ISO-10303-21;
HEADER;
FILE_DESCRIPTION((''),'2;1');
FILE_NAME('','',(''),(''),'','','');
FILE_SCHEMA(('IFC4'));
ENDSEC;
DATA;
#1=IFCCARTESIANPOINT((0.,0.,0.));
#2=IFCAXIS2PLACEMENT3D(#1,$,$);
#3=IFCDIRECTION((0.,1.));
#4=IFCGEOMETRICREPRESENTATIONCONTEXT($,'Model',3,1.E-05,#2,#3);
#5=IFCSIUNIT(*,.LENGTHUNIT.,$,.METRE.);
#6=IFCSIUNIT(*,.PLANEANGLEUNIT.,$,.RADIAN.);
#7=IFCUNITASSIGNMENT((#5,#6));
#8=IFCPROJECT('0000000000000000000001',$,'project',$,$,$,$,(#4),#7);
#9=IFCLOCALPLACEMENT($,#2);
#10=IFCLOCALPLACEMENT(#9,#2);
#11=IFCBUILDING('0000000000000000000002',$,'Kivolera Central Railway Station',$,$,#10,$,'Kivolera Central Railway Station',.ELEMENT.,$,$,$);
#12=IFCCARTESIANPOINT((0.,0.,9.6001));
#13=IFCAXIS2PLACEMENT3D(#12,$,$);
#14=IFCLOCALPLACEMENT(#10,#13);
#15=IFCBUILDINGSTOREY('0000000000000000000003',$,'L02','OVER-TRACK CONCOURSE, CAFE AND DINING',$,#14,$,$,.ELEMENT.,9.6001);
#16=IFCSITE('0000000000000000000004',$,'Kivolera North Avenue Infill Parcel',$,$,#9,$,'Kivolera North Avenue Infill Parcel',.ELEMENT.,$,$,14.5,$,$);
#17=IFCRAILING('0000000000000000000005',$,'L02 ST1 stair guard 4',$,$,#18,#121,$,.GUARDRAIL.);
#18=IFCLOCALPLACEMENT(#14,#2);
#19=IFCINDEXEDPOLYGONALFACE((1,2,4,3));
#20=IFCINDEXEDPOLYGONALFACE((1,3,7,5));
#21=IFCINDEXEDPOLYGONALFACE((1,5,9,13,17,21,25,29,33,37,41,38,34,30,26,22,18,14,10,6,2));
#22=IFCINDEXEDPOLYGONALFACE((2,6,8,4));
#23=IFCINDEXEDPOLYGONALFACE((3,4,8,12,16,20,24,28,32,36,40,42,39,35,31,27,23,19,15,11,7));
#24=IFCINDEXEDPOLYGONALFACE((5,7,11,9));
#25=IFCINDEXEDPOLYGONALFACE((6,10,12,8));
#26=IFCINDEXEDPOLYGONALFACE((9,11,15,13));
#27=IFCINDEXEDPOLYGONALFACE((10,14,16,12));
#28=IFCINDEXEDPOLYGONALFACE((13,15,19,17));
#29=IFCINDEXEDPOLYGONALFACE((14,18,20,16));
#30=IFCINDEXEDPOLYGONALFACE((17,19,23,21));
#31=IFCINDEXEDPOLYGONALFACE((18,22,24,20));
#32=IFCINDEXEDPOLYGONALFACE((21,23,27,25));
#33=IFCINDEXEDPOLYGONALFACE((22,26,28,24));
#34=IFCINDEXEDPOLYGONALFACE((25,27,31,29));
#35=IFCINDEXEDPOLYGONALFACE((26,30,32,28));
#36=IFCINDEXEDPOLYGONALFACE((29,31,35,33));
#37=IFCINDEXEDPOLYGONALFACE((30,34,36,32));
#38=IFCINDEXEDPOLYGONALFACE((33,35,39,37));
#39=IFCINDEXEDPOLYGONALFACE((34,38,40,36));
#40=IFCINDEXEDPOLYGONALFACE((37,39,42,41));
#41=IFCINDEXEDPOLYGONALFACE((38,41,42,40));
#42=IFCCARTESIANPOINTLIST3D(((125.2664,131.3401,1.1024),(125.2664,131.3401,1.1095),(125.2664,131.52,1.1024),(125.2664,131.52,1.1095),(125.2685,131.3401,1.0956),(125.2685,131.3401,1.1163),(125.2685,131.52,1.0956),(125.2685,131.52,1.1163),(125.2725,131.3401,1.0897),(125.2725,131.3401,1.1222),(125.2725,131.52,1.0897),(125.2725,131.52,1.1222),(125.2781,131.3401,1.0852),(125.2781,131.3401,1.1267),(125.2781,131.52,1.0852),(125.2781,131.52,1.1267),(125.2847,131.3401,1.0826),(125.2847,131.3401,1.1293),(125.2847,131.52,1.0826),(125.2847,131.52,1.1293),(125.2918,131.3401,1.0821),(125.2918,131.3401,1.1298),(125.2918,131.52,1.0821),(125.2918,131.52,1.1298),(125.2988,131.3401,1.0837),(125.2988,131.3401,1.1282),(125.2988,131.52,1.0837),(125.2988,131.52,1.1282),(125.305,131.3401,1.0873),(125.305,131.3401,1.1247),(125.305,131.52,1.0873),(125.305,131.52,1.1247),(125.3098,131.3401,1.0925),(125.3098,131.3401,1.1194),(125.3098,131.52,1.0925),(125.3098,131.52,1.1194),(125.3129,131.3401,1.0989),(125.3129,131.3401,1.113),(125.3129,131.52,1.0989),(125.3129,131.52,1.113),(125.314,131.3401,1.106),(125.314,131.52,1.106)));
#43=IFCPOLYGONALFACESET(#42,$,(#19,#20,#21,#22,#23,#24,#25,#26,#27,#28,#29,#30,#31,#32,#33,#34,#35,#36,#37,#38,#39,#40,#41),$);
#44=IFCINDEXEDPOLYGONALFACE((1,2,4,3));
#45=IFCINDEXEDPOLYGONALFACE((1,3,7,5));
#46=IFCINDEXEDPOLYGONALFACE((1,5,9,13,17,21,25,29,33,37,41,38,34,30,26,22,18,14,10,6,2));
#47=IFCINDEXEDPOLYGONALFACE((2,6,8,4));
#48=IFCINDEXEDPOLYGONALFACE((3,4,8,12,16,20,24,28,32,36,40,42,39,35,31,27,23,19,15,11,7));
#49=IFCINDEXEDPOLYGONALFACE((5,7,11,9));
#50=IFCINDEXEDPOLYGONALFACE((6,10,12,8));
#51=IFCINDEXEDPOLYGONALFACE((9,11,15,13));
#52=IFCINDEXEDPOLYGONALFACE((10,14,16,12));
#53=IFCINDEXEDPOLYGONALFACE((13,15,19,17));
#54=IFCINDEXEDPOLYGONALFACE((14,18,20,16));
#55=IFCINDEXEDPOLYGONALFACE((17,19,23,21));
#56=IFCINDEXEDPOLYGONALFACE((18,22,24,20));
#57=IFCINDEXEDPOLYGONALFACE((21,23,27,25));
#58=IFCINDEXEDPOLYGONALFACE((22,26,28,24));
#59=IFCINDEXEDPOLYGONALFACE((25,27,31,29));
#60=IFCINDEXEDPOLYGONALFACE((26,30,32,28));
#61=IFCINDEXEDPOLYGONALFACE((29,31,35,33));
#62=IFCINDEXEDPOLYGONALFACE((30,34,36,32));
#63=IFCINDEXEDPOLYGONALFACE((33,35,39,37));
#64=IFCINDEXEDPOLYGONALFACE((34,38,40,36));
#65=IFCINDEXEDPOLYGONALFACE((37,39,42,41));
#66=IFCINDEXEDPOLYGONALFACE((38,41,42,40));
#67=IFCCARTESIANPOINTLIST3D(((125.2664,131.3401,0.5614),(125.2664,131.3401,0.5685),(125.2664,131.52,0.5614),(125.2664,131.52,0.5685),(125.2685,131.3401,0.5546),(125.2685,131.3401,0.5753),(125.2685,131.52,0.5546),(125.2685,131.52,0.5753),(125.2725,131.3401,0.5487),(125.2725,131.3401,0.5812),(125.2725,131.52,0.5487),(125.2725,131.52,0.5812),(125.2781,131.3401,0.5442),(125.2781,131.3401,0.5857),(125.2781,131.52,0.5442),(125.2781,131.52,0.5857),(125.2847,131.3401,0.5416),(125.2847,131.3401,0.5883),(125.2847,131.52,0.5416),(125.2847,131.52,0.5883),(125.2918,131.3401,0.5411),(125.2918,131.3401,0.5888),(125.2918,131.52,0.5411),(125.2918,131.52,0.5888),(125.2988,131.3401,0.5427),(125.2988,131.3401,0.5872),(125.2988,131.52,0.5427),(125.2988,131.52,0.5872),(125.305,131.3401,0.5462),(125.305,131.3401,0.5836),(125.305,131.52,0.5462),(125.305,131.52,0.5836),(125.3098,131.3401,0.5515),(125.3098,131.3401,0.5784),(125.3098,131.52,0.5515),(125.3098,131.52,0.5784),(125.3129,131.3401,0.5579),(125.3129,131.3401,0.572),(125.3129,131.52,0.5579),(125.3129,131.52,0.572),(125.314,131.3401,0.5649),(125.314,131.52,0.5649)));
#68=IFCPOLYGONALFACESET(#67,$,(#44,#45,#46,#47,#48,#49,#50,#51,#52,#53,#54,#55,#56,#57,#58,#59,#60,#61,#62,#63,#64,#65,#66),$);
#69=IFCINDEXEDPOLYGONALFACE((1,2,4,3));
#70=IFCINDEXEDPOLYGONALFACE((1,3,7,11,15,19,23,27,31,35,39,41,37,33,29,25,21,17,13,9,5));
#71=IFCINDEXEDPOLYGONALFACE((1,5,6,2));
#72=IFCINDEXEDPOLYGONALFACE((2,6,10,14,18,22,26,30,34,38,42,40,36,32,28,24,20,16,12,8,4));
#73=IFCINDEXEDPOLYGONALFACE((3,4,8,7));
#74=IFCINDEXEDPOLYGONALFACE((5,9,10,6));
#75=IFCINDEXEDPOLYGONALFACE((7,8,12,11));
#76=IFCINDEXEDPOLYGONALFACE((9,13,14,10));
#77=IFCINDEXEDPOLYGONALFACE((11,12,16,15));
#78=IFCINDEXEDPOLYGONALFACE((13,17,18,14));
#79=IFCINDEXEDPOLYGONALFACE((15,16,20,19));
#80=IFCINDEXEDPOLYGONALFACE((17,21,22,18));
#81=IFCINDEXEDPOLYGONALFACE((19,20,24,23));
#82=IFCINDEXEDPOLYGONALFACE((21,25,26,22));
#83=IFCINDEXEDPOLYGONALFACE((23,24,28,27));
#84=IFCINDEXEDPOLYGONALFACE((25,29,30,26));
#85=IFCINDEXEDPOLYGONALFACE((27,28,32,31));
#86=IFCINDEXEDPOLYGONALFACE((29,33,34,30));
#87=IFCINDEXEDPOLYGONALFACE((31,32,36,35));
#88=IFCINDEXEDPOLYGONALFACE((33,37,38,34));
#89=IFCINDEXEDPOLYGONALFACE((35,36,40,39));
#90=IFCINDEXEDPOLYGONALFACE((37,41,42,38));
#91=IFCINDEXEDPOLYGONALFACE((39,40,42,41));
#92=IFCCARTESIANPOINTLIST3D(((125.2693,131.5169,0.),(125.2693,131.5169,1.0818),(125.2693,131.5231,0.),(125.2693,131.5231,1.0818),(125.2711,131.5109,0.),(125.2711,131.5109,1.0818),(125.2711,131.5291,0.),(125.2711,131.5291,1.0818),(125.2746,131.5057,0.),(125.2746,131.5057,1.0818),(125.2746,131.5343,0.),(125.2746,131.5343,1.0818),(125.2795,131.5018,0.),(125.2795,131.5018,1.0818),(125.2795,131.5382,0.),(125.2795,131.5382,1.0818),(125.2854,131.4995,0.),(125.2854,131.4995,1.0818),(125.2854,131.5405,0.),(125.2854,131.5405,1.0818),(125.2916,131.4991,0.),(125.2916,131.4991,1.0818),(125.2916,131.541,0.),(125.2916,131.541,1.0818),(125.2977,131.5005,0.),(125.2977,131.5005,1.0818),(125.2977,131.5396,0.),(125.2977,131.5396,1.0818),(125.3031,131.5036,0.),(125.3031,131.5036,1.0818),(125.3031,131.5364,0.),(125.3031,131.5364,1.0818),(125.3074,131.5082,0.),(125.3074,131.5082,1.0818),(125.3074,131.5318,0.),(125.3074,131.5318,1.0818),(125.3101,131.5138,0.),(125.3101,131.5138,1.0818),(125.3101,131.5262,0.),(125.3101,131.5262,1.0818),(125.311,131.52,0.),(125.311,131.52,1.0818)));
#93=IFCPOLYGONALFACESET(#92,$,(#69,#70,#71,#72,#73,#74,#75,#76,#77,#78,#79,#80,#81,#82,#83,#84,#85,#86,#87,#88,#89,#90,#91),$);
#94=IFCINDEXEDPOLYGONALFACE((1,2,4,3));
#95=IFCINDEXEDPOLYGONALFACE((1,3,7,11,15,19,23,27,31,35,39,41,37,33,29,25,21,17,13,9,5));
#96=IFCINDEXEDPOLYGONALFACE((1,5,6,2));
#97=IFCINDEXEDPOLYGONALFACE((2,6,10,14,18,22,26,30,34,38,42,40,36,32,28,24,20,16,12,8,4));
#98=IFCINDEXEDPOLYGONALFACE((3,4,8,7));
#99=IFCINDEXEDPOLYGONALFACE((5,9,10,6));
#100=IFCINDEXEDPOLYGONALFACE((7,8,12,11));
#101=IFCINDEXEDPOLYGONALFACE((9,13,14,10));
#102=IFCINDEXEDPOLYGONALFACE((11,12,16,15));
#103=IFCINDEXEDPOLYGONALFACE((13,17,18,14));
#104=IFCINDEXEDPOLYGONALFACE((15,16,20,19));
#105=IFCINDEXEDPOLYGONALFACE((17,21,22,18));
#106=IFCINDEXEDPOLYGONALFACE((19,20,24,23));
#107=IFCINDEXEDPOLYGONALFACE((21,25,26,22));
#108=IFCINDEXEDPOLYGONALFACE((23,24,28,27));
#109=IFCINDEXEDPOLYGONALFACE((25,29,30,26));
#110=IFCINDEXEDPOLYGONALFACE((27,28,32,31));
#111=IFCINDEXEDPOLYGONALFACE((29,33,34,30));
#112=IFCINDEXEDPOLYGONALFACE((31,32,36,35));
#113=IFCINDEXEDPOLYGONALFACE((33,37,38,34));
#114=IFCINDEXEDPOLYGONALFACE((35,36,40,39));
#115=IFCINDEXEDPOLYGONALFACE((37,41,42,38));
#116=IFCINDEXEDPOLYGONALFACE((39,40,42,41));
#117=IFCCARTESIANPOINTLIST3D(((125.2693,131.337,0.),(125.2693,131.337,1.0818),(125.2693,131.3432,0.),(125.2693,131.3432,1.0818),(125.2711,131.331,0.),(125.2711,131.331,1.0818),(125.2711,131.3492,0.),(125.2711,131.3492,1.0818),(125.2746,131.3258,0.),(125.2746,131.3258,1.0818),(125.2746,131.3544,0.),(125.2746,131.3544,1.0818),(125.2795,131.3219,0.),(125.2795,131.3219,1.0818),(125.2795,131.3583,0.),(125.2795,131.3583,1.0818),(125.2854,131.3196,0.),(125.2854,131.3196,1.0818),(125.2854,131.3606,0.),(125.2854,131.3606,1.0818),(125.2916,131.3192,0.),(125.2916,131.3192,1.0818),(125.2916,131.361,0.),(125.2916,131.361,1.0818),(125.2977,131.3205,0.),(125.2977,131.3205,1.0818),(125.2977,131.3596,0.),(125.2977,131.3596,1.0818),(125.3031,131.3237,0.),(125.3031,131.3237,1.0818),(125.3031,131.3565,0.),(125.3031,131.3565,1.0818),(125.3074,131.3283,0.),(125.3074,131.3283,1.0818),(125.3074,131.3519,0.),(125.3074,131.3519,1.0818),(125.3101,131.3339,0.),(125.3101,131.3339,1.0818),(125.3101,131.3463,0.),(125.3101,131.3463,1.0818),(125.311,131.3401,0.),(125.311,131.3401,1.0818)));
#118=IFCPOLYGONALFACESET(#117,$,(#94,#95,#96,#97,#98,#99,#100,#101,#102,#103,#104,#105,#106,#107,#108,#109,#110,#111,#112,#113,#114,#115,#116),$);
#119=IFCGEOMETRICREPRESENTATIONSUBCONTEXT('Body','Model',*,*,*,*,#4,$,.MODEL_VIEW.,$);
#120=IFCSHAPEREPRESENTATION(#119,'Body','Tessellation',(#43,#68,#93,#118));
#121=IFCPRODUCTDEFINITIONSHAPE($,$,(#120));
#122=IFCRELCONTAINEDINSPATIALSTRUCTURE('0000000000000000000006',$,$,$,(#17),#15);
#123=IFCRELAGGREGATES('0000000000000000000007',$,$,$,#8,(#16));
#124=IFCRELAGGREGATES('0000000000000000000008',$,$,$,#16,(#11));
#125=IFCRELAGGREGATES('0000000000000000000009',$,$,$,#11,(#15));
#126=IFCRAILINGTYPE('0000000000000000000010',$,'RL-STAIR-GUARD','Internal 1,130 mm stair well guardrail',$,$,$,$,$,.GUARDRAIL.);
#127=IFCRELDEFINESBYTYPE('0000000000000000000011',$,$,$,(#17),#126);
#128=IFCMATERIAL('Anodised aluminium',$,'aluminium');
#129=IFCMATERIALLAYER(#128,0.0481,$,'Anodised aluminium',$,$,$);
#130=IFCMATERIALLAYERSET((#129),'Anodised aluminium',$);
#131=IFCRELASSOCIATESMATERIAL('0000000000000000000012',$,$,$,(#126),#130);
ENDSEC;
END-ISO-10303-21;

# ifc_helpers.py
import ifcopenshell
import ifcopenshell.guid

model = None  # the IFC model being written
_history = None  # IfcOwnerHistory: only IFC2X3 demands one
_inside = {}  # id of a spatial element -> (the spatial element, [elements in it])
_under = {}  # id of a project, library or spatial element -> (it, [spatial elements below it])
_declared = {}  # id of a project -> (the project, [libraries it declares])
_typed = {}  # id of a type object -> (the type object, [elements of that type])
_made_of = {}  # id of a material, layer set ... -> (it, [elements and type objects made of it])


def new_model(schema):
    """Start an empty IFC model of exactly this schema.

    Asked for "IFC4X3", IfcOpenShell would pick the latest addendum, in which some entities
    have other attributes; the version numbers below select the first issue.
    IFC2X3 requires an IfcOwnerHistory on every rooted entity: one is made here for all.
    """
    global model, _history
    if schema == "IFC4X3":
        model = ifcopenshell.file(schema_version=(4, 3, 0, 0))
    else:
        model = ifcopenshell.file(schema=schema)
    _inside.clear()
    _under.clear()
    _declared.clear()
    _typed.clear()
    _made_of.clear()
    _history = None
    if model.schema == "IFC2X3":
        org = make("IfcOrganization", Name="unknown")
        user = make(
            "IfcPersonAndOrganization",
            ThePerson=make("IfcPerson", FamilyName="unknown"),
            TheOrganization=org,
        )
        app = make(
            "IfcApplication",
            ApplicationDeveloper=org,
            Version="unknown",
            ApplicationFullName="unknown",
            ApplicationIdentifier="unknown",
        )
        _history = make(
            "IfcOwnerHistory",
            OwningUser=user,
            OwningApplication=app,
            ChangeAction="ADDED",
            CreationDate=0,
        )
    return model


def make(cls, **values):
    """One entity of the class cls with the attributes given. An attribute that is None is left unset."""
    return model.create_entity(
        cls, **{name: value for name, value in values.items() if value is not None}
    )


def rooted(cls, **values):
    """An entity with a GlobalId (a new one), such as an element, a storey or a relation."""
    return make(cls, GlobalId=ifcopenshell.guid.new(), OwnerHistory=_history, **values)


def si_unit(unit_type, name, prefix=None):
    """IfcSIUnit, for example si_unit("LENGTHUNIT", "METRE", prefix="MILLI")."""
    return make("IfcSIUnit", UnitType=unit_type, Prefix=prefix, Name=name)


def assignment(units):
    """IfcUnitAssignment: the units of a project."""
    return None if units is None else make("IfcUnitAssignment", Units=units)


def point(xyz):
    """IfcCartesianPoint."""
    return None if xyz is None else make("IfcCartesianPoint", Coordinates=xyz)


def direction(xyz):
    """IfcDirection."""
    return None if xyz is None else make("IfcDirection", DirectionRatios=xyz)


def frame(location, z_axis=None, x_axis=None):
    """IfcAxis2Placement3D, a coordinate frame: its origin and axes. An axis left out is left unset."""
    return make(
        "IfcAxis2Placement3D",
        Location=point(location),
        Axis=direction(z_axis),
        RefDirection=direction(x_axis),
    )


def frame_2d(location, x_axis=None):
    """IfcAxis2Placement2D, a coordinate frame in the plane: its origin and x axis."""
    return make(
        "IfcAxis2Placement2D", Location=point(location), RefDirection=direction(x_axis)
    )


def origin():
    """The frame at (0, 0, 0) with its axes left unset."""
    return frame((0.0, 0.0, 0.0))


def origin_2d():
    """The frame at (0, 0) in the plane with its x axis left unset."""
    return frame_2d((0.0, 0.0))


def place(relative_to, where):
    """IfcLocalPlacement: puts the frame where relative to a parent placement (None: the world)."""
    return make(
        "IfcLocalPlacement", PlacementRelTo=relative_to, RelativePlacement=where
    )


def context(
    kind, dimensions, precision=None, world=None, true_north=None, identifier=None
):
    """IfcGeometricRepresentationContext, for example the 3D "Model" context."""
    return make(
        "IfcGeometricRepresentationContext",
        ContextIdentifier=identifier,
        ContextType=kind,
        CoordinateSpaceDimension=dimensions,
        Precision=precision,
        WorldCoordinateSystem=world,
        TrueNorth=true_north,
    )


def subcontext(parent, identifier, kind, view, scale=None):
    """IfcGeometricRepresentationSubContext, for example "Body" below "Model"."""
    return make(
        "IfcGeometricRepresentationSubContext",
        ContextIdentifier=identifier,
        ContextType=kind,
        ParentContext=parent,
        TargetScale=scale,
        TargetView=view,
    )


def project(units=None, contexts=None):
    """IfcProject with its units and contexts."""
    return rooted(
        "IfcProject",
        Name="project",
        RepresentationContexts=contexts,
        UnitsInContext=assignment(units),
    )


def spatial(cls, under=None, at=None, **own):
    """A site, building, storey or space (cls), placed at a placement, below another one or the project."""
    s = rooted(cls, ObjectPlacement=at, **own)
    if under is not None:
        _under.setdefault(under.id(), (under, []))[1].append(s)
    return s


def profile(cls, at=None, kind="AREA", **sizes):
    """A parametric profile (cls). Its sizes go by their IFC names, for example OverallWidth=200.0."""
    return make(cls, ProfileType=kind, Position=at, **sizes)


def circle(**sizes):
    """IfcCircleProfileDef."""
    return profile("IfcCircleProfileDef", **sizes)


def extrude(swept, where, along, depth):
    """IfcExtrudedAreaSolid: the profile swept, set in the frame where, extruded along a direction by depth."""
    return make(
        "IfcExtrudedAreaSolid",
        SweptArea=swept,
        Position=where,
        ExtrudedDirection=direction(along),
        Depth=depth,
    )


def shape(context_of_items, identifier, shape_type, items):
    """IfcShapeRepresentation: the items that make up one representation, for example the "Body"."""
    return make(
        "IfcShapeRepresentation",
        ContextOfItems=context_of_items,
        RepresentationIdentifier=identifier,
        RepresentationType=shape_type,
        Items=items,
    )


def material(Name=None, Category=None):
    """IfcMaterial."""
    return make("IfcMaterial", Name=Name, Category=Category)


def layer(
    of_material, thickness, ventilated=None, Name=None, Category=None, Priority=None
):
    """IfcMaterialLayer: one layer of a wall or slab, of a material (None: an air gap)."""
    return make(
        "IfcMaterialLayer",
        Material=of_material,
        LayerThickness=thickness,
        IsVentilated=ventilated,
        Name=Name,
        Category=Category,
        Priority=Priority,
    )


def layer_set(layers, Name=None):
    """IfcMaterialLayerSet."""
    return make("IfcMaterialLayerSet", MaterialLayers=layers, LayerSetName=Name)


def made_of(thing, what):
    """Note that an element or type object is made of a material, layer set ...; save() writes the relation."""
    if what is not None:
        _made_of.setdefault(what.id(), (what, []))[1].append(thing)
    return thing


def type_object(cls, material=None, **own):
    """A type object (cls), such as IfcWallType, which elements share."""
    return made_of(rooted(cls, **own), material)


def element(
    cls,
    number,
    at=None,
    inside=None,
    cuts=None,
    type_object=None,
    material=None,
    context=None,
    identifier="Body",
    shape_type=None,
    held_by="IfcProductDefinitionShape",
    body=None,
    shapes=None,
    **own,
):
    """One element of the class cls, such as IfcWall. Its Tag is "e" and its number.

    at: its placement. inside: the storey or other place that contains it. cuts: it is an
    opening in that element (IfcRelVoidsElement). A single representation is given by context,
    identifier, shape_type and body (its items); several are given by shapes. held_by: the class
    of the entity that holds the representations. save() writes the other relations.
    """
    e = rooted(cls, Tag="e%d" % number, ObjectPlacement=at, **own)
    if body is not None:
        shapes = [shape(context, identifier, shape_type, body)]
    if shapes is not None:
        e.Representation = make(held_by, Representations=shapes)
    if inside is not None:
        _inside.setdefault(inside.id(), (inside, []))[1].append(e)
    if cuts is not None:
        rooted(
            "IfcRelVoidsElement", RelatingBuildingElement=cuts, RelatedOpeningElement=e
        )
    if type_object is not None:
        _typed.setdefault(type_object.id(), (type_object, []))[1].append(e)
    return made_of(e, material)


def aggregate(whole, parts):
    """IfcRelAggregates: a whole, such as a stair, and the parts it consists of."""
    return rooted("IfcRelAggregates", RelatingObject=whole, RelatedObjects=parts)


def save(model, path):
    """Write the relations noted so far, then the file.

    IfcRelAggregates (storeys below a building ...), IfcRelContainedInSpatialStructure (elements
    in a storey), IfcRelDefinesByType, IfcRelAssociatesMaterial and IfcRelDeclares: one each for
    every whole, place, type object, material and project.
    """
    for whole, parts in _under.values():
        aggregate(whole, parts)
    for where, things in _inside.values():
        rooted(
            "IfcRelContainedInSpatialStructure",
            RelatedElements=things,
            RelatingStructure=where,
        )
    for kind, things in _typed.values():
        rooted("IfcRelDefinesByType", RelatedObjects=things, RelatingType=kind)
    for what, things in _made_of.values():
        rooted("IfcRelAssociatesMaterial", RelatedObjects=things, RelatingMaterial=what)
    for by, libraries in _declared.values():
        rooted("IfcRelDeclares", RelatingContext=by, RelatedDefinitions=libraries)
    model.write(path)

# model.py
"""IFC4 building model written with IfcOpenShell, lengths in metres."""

from ifc_helpers import new_model, si_unit, direction, frame, origin, origin_2d, place, context, subcontext, project, spatial, circle, extrude, material, layer, layer_set, type_object, element, save


model = new_model("IFC4")

# Units and contexts
model_context = context("Model", 3, precision=1e-05, world=origin(), true_north=direction((0.0, 1.0)))
body_context = subcontext(model_context, "Body", "Model", "MODEL_VIEW")
ifc_project = project(units=[si_unit("LENGTHUNIT", "METRE"), si_unit("PLANEANGLEUNIT", "RADIAN")], contexts=[model_context])

# Site, building, storey
site_placement = place(None, origin())
site = spatial("IfcSite", under=ifc_project, at=site_placement, Name="Kivolera North Avenue Infill Parcel", LongName="Kivolera North Avenue Infill Parcel", CompositionType="ELEMENT", RefElevation=14.5)
building_placement = place(site_placement, origin())
building = spatial("IfcBuilding", under=site, at=building_placement, Name="Kivolera Central Railway Station", LongName="Kivolera Central Railway Station", CompositionType="ELEMENT")
storey_placement = place(building_placement, frame((0.0, 0.0, 9.6001)))
storey = spatial("IfcBuildingStorey", under=building, at=storey_placement, Name="L02", Description="OVER-TRACK CONCOURSE, CAFE AND DINING", CompositionType="ELEMENT", Elevation=9.6001)

# Shared definitions
ifc_material_1 = material(Name="Anodised aluminium", Category="aluminium")

# Railing
ifc_layer_1 = layer(ifc_material_1, 0.0481, Name="Anodised aluminium")
ifc_layer_set_1 = layer_set([ifc_layer_1], Name="Anodised aluminium")
railing_type_1 = type_object("IfcRailingType", Name="RL-STAIR-GUARD", Description="Internal 1,130 mm stair well guardrail", PredefinedType="GUARDRAIL", material=ifc_layer_set_1)
railing_1_placement = place(storey_placement, frame((125.29, 131.52, 0.0)))
element("IfcRailing", 1, at=railing_1_placement, inside=storey, type_object=railing_type_1, Name="L02 ST1 stair guard 4", PredefinedType="GUARDRAIL", context=body_context, shape_type="SweptSolid", body=[
    extrude(circle(Radius=0.0239, at=origin_2d()), frame((0.0, 0.0, 1.106), z_axis=(0.0, -1.0, 0.0), x_axis=(1.0, 0.0, 0.0)), (0.0, 0.0, 1.0), 0.1799),
    extrude(circle(Radius=0.0239, at=origin_2d()), frame((0.0, 0.0, 0.5649), z_axis=(0.0, -1.0, 0.0), x_axis=(1.0, 0.0, 0.0)), (0.0, 0.0, 1.0), 0.1799),
    extrude(circle(Radius=0.021, at=origin_2d()), origin(), (0.0, 0.0, 1.0), 1.0818),
    extrude(circle(Radius=0.021, at=origin_2d()), frame((0.0, -0.1799, 0.0)), (0.0, 0.0, 1.0), 1.0818),
])

save(model, "model.ifc")
